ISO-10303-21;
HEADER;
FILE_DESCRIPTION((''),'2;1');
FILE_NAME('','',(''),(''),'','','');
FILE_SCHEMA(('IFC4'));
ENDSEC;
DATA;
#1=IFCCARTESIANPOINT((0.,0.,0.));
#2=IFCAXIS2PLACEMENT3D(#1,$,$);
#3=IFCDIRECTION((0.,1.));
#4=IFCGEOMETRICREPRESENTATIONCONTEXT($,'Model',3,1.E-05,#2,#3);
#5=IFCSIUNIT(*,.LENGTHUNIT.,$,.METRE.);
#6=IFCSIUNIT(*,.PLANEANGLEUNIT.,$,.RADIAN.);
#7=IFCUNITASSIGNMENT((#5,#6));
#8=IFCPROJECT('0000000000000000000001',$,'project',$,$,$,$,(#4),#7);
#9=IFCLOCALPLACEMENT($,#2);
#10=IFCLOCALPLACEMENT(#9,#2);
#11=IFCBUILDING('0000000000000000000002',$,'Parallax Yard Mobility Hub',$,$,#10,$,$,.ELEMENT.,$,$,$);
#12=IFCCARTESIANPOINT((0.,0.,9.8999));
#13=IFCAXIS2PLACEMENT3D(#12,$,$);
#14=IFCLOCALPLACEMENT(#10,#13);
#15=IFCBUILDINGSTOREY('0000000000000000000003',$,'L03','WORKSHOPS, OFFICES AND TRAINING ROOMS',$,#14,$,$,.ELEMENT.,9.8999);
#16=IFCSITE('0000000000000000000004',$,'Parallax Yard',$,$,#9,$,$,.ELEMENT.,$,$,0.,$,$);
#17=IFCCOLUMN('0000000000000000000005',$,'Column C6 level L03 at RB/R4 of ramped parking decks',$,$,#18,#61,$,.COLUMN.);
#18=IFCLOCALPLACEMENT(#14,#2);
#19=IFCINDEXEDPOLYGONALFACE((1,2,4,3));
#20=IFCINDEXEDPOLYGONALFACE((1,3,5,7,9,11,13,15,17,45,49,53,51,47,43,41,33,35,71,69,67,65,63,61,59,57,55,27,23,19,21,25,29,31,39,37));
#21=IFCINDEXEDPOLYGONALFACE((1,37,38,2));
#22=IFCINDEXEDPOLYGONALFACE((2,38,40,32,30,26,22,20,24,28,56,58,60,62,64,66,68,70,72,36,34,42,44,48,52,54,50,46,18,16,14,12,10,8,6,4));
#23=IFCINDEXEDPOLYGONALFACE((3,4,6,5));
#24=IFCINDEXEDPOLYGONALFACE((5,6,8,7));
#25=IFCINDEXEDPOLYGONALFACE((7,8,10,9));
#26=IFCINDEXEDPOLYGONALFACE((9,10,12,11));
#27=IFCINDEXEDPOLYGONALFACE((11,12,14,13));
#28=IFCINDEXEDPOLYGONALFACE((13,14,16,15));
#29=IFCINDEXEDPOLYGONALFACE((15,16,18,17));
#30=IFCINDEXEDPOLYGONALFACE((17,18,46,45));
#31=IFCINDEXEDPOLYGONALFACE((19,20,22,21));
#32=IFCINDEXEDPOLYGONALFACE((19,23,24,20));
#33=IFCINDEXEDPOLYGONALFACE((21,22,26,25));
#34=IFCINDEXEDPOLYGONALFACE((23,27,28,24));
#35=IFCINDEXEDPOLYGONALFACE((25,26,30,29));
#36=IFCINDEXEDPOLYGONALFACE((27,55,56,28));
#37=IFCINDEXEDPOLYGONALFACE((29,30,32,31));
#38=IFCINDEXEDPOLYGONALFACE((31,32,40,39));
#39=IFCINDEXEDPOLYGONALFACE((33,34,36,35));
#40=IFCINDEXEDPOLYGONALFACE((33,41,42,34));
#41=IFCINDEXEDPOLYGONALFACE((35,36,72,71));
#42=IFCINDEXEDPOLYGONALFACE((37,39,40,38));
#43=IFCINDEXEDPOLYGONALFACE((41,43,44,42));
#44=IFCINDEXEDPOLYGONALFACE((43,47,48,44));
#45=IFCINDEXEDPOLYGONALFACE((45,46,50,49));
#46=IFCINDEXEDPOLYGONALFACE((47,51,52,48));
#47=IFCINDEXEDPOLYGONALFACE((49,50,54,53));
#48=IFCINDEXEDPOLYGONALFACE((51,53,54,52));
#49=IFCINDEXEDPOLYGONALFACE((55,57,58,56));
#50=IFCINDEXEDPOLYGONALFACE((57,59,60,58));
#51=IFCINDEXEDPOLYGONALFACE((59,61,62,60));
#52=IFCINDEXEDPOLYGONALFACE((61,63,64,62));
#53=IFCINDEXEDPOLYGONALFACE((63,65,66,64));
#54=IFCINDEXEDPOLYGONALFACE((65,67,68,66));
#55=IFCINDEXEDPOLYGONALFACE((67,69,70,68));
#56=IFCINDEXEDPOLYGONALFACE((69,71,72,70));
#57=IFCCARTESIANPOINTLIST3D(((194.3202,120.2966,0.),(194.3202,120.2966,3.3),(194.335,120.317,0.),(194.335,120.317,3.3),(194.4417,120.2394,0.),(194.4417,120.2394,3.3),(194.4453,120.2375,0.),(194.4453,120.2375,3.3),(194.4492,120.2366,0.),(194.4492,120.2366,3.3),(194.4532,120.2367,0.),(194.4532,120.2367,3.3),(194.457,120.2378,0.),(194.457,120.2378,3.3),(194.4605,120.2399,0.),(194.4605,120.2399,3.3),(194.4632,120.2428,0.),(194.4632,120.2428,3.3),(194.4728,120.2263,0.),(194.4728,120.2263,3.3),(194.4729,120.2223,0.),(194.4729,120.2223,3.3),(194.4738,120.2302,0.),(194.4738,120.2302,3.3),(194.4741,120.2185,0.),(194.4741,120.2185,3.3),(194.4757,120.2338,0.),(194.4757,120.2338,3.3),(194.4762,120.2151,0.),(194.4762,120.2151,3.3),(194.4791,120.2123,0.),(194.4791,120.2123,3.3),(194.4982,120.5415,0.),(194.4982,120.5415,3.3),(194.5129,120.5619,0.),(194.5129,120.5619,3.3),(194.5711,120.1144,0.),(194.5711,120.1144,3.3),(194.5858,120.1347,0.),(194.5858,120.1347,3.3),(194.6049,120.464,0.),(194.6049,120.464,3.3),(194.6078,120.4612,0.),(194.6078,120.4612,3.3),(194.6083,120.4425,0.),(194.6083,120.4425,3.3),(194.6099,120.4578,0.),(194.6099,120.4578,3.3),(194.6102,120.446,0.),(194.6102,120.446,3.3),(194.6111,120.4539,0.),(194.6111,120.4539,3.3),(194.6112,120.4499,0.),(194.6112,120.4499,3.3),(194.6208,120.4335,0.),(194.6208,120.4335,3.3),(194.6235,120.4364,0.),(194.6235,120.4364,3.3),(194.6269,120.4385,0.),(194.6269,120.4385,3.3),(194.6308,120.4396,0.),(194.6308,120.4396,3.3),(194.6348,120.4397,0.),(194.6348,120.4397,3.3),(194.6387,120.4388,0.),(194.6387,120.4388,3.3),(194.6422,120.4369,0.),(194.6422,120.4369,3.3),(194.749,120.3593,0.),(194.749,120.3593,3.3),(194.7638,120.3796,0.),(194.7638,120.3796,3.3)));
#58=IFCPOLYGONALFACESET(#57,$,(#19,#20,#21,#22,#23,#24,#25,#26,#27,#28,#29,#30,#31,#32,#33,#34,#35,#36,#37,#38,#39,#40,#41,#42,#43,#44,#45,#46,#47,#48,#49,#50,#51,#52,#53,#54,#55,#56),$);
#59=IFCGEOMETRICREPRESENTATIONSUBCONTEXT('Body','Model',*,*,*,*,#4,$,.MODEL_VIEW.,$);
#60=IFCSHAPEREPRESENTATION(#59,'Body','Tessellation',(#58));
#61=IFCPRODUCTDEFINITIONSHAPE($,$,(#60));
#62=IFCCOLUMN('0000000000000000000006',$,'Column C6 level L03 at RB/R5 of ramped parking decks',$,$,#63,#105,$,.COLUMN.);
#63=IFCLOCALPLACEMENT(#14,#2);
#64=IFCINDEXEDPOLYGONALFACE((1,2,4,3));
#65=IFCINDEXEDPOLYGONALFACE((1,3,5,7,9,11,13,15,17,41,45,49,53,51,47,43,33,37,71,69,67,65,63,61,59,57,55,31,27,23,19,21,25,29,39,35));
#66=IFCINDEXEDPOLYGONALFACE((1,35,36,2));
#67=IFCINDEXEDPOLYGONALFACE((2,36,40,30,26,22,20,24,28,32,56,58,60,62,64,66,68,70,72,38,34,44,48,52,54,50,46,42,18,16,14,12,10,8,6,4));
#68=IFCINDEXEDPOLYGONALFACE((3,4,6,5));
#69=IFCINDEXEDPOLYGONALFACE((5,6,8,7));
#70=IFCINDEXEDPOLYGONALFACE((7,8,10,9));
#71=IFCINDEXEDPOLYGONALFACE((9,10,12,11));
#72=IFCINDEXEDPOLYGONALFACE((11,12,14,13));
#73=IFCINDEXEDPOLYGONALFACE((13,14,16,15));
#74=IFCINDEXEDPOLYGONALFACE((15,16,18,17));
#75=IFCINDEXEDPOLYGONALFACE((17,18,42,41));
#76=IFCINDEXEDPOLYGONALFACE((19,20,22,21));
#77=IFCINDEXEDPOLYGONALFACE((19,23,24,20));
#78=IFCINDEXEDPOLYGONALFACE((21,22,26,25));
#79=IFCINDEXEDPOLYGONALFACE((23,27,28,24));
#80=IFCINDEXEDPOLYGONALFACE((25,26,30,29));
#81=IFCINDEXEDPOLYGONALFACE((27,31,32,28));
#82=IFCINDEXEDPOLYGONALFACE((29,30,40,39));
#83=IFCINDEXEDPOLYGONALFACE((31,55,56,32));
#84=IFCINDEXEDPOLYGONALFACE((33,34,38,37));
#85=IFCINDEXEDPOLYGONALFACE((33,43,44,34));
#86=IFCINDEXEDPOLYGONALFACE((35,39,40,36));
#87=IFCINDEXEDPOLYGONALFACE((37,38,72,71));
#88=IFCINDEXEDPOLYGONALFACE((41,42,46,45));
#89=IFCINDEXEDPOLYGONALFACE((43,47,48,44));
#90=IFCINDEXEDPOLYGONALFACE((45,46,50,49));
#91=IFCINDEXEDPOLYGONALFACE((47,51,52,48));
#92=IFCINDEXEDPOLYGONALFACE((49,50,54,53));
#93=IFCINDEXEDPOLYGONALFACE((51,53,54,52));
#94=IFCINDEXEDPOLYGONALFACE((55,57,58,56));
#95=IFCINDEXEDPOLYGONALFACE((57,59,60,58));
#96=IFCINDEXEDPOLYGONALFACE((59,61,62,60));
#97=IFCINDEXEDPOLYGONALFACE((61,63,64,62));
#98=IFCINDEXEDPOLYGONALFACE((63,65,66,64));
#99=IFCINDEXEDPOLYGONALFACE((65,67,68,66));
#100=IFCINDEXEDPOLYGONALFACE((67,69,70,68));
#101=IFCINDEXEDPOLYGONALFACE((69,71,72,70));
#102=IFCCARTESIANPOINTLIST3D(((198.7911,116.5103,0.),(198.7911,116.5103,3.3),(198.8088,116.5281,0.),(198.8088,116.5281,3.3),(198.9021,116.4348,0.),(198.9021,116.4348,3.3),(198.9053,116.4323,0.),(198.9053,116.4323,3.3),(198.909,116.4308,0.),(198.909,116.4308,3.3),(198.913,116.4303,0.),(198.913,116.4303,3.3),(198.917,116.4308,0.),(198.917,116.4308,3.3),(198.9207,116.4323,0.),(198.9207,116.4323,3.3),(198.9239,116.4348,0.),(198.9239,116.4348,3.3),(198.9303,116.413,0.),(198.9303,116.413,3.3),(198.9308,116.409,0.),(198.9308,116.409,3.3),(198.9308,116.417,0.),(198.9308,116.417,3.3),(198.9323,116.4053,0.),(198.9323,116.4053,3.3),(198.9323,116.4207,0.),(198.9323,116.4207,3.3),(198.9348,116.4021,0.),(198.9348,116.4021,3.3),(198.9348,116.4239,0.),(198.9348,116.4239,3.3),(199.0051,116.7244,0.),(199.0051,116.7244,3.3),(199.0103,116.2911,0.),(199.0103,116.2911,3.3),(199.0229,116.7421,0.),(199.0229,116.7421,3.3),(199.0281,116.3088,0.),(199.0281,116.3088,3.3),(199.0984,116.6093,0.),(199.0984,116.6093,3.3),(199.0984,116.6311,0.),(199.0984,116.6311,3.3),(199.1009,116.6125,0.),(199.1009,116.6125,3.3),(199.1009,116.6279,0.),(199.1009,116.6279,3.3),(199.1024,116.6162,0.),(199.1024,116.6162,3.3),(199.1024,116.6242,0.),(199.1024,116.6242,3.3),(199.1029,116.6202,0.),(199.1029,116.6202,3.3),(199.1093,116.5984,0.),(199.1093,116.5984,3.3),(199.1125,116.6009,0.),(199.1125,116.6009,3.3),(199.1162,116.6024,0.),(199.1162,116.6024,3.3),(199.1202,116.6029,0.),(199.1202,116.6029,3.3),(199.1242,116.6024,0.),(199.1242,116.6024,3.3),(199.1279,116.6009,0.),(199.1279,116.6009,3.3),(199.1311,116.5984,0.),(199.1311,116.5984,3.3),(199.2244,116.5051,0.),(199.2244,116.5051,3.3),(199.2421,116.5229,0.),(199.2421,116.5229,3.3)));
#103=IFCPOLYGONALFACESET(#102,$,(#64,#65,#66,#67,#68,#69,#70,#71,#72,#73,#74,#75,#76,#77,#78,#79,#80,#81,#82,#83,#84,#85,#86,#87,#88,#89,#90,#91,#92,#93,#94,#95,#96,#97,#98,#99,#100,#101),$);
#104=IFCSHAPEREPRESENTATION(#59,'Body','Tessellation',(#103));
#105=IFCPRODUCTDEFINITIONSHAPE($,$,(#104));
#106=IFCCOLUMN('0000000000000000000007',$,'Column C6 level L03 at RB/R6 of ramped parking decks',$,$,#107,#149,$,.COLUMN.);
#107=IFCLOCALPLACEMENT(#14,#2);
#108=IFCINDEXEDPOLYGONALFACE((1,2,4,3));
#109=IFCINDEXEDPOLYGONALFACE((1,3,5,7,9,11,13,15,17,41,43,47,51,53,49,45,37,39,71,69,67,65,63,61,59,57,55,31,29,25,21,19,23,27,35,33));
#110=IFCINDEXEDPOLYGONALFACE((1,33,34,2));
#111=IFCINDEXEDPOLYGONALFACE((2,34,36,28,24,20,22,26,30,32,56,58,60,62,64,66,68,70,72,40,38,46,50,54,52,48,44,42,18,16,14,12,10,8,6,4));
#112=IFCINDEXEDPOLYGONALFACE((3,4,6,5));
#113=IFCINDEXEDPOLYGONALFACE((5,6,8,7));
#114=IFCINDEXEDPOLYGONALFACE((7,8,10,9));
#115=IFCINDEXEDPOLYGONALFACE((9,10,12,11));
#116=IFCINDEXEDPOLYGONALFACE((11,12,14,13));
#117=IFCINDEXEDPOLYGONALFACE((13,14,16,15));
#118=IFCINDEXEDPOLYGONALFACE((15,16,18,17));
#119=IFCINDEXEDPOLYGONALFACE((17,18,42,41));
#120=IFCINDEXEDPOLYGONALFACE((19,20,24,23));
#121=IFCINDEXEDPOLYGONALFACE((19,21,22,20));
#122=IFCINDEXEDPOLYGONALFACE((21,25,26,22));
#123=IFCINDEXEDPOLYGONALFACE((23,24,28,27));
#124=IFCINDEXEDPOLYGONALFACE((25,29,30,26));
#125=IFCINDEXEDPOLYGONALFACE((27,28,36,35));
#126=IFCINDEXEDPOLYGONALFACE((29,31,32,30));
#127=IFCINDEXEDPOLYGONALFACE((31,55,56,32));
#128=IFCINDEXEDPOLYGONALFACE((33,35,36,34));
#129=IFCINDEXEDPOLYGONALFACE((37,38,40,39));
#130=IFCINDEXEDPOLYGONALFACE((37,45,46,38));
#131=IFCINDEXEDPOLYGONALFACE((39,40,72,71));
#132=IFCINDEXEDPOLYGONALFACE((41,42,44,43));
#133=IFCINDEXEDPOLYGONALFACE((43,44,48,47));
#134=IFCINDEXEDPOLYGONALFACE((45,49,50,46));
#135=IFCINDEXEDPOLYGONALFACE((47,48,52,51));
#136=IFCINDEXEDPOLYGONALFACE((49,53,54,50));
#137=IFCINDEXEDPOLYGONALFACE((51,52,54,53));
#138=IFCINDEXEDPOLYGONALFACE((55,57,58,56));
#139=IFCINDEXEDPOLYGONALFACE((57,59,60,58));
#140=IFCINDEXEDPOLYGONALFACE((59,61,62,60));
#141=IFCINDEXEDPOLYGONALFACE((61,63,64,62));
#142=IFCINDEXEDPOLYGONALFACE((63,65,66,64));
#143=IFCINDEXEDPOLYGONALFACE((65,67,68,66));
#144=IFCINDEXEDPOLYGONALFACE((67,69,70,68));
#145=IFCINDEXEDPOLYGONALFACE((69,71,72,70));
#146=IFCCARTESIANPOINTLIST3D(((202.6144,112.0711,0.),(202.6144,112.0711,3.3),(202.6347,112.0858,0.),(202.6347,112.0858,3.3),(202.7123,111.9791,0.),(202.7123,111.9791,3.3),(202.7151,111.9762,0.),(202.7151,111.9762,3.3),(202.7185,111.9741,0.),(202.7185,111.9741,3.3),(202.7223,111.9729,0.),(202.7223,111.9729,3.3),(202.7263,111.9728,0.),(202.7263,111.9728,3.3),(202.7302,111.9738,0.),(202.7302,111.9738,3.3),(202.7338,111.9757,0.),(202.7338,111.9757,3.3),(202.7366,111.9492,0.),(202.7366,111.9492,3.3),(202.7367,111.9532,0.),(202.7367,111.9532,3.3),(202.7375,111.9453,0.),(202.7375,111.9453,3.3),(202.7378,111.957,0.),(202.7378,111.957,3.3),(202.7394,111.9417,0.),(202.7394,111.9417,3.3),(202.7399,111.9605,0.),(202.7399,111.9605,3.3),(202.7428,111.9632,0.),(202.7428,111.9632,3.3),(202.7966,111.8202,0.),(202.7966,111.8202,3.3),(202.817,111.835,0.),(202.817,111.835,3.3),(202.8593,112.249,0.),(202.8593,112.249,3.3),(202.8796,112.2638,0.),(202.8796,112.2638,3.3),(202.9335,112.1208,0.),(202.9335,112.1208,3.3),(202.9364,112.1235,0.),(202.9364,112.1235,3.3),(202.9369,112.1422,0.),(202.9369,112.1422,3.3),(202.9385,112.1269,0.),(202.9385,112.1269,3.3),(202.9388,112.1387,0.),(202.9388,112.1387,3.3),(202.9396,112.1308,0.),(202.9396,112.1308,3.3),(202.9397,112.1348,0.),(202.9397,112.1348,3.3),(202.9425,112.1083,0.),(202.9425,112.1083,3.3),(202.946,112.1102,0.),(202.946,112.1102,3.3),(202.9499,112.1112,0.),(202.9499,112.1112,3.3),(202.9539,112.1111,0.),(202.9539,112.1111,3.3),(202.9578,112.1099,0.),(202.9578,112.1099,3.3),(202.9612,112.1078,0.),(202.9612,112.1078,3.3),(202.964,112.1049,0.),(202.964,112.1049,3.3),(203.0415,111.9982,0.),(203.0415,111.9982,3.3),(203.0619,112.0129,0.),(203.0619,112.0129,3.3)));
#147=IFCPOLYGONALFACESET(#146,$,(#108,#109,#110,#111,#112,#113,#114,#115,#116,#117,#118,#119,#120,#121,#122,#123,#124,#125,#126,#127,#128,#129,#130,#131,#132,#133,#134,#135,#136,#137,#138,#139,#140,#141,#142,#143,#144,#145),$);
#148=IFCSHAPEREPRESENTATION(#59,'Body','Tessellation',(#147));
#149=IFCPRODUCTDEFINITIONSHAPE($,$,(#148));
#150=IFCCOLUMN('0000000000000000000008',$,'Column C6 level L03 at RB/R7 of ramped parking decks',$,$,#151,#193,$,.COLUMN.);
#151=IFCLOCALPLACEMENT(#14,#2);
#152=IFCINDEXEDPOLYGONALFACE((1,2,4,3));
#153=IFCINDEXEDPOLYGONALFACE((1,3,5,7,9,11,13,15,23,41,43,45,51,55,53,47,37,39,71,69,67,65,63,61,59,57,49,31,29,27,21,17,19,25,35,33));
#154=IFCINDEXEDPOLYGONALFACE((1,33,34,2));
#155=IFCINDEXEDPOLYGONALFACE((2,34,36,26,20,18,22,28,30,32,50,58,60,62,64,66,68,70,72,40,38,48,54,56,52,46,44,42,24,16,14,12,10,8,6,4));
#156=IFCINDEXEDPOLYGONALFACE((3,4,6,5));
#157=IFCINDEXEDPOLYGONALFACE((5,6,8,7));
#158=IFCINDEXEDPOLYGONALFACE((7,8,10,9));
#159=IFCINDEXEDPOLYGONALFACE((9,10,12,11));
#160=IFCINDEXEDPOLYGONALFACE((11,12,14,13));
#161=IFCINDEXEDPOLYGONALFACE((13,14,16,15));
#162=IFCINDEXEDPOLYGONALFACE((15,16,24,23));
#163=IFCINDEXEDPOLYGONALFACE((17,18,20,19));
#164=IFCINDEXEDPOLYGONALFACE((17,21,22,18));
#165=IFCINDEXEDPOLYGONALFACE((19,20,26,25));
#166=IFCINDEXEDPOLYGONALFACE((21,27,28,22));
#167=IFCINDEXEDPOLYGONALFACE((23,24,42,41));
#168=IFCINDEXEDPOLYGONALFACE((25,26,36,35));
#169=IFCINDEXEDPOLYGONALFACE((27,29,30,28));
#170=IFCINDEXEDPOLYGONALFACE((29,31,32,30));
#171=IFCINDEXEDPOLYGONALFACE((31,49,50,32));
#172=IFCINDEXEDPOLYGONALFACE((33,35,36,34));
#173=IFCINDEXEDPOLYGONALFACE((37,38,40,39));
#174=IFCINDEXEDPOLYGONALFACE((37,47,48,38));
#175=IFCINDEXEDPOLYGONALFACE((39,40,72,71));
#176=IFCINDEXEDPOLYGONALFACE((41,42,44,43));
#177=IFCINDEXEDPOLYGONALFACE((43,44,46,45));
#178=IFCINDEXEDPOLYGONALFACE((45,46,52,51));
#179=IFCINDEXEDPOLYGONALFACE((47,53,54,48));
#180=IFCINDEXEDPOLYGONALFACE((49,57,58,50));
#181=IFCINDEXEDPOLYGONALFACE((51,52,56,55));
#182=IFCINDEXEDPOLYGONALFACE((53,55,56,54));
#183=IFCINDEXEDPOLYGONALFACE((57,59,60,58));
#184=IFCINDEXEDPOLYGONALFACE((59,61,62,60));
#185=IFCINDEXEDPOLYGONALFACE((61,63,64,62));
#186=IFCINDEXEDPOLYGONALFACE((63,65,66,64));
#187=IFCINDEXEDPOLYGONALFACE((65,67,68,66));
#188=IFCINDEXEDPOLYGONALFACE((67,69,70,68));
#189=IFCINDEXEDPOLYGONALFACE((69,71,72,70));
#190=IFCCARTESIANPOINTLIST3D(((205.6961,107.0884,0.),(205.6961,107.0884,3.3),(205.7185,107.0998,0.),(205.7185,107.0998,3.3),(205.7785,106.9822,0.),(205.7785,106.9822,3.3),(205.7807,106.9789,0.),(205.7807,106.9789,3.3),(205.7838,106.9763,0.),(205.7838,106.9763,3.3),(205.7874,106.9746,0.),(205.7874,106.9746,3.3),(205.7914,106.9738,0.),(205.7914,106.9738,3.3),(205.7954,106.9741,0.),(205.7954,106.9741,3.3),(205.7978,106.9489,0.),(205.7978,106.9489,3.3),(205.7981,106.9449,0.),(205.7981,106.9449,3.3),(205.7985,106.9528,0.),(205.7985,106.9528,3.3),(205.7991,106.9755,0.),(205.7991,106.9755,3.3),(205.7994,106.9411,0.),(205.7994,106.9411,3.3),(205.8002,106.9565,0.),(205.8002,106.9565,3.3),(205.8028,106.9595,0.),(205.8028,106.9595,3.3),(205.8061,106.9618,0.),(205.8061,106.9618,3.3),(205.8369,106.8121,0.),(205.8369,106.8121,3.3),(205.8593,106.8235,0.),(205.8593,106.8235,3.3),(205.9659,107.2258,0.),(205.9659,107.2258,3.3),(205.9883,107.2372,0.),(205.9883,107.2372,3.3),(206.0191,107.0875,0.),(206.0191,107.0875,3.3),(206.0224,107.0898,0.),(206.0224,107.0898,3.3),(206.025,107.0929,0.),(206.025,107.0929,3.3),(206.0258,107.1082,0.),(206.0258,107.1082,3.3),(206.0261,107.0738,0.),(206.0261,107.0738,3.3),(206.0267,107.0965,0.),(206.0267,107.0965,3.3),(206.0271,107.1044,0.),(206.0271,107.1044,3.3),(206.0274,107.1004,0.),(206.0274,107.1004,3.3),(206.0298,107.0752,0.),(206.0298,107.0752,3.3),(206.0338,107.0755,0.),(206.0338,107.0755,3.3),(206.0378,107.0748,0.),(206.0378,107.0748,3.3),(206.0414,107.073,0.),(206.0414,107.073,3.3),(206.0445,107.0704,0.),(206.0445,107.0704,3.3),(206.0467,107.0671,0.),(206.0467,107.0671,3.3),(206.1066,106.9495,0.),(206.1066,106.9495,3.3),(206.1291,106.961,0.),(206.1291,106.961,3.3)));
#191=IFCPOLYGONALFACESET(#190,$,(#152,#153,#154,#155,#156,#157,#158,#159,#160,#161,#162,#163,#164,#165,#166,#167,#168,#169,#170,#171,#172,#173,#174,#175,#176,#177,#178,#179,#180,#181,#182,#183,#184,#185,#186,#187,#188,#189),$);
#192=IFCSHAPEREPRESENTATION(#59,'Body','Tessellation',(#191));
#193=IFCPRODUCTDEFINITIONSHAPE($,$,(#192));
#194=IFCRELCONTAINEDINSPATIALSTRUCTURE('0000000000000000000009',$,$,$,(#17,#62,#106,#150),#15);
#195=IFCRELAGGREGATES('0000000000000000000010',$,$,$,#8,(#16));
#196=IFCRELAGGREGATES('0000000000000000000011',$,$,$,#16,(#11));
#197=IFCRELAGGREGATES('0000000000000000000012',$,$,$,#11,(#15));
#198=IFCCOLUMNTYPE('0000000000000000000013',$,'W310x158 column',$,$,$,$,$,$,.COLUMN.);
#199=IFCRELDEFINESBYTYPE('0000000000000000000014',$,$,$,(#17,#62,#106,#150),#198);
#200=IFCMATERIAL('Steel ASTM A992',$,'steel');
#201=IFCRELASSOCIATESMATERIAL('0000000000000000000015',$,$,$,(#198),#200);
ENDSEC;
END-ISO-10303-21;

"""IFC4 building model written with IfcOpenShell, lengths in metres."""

from ifc_helpers import new_model, si_unit, direction, frame, origin, origin_2d, place, context, subcontext, project, spatial, i_section, extrude, material, material_profile, profile_set, type_object, element, save


model = new_model("IFC4")

# Units and contexts
model_context = context("Model", 3, precision=1e-05, world=origin(), true_north=direction((0.0, 1.0)))
body_context = subcontext(model_context, "Body", "Model", "MODEL_VIEW")
ifc_project = project(units=[si_unit("LENGTHUNIT", "METRE"), si_unit("PLANEANGLEUNIT", "RADIAN")], contexts=[model_context])

# Site, building, storey
site_placement = place(None, origin())
site = spatial("IfcSite", under=ifc_project, at=site_placement, Name="Parallax Yard", CompositionType="ELEMENT", RefElevation=0.0)
building_placement = place(site_placement, origin())
building = spatial("IfcBuilding", under=site, at=building_placement, Name="Parallax Yard Mobility Hub", CompositionType="ELEMENT")
storey_placement = place(building_placement, frame((0.0, 0.0, 9.8999)))
storey = spatial("IfcBuildingStorey", under=building, at=storey_placement, Name="L03", Description="WORKSHOPS, OFFICES AND TRAINING ROOMS", CompositionType="ELEMENT", Elevation=9.8999)

# Columns
ifc_material_1 = material(Name="Steel ASTM A992", Category="steel")
ifc_material_profile_1 = material_profile(ifc_material_1, i_section(OverallWidth=0.3101, OverallDepth=0.3279, WebThickness=0.0154, FlangeThickness=0.0251, FilletRadius=0.0154, at=origin_2d()), Name="W310x158")
ifc_profile_set_1 = profile_set([ifc_material_profile_1], Name="Steel ASTM A992")
column_type = type_object("IfcColumnType", Name="W310x158 column", PredefinedType="COLUMN", material=ifc_profile_set_1)
for number, where, z_axis, x_axis, name in (
    (1, (194.542, 120.3381, 0.0), (0.0, 0.0, 1.0), (-0.809017, 0.587785, 0.0), "Column C6 level L03 at RB/R4 of ramped parking decks"),
    (2, (199.0166, 116.5166, 0.0), (0.0, 0.0, 1.0), (-0.707107, 0.707107, 0.0), "Column C6 level L03 at RB/R5 of ramped parking decks"),
    (3, (202.8381, 112.042, 0.0), (0.0, 0.0, 1.0), (-0.587785, 0.809017, 0.0), "Column C6 level L03 at RB/R6 of ramped parking decks"),
    (4, (205.9126, 107.0247, 0.0), (0.0, 0.0, 1.0), (-0.45399, 0.891007, 0.0), "Column C6 level L03 at RB/R7 of ramped parking decks"),
):
    element("IfcColumn", number, at=place(storey_placement, frame(where, z_axis=z_axis, x_axis=x_axis)), inside=storey, type_object=column_type, Name=name, PredefinedType="COLUMN", context=body_context, shape_type="SweptSolid", body=[
        extrude(i_section(OverallWidth=0.3101, OverallDepth=0.3279, WebThickness=0.0154, FlangeThickness=0.0251, FilletRadius=0.0154, at=origin_2d()), origin(), (0.0, 0.0, 1.0), 3.3),
    ])

save(model, "model.ifc")
